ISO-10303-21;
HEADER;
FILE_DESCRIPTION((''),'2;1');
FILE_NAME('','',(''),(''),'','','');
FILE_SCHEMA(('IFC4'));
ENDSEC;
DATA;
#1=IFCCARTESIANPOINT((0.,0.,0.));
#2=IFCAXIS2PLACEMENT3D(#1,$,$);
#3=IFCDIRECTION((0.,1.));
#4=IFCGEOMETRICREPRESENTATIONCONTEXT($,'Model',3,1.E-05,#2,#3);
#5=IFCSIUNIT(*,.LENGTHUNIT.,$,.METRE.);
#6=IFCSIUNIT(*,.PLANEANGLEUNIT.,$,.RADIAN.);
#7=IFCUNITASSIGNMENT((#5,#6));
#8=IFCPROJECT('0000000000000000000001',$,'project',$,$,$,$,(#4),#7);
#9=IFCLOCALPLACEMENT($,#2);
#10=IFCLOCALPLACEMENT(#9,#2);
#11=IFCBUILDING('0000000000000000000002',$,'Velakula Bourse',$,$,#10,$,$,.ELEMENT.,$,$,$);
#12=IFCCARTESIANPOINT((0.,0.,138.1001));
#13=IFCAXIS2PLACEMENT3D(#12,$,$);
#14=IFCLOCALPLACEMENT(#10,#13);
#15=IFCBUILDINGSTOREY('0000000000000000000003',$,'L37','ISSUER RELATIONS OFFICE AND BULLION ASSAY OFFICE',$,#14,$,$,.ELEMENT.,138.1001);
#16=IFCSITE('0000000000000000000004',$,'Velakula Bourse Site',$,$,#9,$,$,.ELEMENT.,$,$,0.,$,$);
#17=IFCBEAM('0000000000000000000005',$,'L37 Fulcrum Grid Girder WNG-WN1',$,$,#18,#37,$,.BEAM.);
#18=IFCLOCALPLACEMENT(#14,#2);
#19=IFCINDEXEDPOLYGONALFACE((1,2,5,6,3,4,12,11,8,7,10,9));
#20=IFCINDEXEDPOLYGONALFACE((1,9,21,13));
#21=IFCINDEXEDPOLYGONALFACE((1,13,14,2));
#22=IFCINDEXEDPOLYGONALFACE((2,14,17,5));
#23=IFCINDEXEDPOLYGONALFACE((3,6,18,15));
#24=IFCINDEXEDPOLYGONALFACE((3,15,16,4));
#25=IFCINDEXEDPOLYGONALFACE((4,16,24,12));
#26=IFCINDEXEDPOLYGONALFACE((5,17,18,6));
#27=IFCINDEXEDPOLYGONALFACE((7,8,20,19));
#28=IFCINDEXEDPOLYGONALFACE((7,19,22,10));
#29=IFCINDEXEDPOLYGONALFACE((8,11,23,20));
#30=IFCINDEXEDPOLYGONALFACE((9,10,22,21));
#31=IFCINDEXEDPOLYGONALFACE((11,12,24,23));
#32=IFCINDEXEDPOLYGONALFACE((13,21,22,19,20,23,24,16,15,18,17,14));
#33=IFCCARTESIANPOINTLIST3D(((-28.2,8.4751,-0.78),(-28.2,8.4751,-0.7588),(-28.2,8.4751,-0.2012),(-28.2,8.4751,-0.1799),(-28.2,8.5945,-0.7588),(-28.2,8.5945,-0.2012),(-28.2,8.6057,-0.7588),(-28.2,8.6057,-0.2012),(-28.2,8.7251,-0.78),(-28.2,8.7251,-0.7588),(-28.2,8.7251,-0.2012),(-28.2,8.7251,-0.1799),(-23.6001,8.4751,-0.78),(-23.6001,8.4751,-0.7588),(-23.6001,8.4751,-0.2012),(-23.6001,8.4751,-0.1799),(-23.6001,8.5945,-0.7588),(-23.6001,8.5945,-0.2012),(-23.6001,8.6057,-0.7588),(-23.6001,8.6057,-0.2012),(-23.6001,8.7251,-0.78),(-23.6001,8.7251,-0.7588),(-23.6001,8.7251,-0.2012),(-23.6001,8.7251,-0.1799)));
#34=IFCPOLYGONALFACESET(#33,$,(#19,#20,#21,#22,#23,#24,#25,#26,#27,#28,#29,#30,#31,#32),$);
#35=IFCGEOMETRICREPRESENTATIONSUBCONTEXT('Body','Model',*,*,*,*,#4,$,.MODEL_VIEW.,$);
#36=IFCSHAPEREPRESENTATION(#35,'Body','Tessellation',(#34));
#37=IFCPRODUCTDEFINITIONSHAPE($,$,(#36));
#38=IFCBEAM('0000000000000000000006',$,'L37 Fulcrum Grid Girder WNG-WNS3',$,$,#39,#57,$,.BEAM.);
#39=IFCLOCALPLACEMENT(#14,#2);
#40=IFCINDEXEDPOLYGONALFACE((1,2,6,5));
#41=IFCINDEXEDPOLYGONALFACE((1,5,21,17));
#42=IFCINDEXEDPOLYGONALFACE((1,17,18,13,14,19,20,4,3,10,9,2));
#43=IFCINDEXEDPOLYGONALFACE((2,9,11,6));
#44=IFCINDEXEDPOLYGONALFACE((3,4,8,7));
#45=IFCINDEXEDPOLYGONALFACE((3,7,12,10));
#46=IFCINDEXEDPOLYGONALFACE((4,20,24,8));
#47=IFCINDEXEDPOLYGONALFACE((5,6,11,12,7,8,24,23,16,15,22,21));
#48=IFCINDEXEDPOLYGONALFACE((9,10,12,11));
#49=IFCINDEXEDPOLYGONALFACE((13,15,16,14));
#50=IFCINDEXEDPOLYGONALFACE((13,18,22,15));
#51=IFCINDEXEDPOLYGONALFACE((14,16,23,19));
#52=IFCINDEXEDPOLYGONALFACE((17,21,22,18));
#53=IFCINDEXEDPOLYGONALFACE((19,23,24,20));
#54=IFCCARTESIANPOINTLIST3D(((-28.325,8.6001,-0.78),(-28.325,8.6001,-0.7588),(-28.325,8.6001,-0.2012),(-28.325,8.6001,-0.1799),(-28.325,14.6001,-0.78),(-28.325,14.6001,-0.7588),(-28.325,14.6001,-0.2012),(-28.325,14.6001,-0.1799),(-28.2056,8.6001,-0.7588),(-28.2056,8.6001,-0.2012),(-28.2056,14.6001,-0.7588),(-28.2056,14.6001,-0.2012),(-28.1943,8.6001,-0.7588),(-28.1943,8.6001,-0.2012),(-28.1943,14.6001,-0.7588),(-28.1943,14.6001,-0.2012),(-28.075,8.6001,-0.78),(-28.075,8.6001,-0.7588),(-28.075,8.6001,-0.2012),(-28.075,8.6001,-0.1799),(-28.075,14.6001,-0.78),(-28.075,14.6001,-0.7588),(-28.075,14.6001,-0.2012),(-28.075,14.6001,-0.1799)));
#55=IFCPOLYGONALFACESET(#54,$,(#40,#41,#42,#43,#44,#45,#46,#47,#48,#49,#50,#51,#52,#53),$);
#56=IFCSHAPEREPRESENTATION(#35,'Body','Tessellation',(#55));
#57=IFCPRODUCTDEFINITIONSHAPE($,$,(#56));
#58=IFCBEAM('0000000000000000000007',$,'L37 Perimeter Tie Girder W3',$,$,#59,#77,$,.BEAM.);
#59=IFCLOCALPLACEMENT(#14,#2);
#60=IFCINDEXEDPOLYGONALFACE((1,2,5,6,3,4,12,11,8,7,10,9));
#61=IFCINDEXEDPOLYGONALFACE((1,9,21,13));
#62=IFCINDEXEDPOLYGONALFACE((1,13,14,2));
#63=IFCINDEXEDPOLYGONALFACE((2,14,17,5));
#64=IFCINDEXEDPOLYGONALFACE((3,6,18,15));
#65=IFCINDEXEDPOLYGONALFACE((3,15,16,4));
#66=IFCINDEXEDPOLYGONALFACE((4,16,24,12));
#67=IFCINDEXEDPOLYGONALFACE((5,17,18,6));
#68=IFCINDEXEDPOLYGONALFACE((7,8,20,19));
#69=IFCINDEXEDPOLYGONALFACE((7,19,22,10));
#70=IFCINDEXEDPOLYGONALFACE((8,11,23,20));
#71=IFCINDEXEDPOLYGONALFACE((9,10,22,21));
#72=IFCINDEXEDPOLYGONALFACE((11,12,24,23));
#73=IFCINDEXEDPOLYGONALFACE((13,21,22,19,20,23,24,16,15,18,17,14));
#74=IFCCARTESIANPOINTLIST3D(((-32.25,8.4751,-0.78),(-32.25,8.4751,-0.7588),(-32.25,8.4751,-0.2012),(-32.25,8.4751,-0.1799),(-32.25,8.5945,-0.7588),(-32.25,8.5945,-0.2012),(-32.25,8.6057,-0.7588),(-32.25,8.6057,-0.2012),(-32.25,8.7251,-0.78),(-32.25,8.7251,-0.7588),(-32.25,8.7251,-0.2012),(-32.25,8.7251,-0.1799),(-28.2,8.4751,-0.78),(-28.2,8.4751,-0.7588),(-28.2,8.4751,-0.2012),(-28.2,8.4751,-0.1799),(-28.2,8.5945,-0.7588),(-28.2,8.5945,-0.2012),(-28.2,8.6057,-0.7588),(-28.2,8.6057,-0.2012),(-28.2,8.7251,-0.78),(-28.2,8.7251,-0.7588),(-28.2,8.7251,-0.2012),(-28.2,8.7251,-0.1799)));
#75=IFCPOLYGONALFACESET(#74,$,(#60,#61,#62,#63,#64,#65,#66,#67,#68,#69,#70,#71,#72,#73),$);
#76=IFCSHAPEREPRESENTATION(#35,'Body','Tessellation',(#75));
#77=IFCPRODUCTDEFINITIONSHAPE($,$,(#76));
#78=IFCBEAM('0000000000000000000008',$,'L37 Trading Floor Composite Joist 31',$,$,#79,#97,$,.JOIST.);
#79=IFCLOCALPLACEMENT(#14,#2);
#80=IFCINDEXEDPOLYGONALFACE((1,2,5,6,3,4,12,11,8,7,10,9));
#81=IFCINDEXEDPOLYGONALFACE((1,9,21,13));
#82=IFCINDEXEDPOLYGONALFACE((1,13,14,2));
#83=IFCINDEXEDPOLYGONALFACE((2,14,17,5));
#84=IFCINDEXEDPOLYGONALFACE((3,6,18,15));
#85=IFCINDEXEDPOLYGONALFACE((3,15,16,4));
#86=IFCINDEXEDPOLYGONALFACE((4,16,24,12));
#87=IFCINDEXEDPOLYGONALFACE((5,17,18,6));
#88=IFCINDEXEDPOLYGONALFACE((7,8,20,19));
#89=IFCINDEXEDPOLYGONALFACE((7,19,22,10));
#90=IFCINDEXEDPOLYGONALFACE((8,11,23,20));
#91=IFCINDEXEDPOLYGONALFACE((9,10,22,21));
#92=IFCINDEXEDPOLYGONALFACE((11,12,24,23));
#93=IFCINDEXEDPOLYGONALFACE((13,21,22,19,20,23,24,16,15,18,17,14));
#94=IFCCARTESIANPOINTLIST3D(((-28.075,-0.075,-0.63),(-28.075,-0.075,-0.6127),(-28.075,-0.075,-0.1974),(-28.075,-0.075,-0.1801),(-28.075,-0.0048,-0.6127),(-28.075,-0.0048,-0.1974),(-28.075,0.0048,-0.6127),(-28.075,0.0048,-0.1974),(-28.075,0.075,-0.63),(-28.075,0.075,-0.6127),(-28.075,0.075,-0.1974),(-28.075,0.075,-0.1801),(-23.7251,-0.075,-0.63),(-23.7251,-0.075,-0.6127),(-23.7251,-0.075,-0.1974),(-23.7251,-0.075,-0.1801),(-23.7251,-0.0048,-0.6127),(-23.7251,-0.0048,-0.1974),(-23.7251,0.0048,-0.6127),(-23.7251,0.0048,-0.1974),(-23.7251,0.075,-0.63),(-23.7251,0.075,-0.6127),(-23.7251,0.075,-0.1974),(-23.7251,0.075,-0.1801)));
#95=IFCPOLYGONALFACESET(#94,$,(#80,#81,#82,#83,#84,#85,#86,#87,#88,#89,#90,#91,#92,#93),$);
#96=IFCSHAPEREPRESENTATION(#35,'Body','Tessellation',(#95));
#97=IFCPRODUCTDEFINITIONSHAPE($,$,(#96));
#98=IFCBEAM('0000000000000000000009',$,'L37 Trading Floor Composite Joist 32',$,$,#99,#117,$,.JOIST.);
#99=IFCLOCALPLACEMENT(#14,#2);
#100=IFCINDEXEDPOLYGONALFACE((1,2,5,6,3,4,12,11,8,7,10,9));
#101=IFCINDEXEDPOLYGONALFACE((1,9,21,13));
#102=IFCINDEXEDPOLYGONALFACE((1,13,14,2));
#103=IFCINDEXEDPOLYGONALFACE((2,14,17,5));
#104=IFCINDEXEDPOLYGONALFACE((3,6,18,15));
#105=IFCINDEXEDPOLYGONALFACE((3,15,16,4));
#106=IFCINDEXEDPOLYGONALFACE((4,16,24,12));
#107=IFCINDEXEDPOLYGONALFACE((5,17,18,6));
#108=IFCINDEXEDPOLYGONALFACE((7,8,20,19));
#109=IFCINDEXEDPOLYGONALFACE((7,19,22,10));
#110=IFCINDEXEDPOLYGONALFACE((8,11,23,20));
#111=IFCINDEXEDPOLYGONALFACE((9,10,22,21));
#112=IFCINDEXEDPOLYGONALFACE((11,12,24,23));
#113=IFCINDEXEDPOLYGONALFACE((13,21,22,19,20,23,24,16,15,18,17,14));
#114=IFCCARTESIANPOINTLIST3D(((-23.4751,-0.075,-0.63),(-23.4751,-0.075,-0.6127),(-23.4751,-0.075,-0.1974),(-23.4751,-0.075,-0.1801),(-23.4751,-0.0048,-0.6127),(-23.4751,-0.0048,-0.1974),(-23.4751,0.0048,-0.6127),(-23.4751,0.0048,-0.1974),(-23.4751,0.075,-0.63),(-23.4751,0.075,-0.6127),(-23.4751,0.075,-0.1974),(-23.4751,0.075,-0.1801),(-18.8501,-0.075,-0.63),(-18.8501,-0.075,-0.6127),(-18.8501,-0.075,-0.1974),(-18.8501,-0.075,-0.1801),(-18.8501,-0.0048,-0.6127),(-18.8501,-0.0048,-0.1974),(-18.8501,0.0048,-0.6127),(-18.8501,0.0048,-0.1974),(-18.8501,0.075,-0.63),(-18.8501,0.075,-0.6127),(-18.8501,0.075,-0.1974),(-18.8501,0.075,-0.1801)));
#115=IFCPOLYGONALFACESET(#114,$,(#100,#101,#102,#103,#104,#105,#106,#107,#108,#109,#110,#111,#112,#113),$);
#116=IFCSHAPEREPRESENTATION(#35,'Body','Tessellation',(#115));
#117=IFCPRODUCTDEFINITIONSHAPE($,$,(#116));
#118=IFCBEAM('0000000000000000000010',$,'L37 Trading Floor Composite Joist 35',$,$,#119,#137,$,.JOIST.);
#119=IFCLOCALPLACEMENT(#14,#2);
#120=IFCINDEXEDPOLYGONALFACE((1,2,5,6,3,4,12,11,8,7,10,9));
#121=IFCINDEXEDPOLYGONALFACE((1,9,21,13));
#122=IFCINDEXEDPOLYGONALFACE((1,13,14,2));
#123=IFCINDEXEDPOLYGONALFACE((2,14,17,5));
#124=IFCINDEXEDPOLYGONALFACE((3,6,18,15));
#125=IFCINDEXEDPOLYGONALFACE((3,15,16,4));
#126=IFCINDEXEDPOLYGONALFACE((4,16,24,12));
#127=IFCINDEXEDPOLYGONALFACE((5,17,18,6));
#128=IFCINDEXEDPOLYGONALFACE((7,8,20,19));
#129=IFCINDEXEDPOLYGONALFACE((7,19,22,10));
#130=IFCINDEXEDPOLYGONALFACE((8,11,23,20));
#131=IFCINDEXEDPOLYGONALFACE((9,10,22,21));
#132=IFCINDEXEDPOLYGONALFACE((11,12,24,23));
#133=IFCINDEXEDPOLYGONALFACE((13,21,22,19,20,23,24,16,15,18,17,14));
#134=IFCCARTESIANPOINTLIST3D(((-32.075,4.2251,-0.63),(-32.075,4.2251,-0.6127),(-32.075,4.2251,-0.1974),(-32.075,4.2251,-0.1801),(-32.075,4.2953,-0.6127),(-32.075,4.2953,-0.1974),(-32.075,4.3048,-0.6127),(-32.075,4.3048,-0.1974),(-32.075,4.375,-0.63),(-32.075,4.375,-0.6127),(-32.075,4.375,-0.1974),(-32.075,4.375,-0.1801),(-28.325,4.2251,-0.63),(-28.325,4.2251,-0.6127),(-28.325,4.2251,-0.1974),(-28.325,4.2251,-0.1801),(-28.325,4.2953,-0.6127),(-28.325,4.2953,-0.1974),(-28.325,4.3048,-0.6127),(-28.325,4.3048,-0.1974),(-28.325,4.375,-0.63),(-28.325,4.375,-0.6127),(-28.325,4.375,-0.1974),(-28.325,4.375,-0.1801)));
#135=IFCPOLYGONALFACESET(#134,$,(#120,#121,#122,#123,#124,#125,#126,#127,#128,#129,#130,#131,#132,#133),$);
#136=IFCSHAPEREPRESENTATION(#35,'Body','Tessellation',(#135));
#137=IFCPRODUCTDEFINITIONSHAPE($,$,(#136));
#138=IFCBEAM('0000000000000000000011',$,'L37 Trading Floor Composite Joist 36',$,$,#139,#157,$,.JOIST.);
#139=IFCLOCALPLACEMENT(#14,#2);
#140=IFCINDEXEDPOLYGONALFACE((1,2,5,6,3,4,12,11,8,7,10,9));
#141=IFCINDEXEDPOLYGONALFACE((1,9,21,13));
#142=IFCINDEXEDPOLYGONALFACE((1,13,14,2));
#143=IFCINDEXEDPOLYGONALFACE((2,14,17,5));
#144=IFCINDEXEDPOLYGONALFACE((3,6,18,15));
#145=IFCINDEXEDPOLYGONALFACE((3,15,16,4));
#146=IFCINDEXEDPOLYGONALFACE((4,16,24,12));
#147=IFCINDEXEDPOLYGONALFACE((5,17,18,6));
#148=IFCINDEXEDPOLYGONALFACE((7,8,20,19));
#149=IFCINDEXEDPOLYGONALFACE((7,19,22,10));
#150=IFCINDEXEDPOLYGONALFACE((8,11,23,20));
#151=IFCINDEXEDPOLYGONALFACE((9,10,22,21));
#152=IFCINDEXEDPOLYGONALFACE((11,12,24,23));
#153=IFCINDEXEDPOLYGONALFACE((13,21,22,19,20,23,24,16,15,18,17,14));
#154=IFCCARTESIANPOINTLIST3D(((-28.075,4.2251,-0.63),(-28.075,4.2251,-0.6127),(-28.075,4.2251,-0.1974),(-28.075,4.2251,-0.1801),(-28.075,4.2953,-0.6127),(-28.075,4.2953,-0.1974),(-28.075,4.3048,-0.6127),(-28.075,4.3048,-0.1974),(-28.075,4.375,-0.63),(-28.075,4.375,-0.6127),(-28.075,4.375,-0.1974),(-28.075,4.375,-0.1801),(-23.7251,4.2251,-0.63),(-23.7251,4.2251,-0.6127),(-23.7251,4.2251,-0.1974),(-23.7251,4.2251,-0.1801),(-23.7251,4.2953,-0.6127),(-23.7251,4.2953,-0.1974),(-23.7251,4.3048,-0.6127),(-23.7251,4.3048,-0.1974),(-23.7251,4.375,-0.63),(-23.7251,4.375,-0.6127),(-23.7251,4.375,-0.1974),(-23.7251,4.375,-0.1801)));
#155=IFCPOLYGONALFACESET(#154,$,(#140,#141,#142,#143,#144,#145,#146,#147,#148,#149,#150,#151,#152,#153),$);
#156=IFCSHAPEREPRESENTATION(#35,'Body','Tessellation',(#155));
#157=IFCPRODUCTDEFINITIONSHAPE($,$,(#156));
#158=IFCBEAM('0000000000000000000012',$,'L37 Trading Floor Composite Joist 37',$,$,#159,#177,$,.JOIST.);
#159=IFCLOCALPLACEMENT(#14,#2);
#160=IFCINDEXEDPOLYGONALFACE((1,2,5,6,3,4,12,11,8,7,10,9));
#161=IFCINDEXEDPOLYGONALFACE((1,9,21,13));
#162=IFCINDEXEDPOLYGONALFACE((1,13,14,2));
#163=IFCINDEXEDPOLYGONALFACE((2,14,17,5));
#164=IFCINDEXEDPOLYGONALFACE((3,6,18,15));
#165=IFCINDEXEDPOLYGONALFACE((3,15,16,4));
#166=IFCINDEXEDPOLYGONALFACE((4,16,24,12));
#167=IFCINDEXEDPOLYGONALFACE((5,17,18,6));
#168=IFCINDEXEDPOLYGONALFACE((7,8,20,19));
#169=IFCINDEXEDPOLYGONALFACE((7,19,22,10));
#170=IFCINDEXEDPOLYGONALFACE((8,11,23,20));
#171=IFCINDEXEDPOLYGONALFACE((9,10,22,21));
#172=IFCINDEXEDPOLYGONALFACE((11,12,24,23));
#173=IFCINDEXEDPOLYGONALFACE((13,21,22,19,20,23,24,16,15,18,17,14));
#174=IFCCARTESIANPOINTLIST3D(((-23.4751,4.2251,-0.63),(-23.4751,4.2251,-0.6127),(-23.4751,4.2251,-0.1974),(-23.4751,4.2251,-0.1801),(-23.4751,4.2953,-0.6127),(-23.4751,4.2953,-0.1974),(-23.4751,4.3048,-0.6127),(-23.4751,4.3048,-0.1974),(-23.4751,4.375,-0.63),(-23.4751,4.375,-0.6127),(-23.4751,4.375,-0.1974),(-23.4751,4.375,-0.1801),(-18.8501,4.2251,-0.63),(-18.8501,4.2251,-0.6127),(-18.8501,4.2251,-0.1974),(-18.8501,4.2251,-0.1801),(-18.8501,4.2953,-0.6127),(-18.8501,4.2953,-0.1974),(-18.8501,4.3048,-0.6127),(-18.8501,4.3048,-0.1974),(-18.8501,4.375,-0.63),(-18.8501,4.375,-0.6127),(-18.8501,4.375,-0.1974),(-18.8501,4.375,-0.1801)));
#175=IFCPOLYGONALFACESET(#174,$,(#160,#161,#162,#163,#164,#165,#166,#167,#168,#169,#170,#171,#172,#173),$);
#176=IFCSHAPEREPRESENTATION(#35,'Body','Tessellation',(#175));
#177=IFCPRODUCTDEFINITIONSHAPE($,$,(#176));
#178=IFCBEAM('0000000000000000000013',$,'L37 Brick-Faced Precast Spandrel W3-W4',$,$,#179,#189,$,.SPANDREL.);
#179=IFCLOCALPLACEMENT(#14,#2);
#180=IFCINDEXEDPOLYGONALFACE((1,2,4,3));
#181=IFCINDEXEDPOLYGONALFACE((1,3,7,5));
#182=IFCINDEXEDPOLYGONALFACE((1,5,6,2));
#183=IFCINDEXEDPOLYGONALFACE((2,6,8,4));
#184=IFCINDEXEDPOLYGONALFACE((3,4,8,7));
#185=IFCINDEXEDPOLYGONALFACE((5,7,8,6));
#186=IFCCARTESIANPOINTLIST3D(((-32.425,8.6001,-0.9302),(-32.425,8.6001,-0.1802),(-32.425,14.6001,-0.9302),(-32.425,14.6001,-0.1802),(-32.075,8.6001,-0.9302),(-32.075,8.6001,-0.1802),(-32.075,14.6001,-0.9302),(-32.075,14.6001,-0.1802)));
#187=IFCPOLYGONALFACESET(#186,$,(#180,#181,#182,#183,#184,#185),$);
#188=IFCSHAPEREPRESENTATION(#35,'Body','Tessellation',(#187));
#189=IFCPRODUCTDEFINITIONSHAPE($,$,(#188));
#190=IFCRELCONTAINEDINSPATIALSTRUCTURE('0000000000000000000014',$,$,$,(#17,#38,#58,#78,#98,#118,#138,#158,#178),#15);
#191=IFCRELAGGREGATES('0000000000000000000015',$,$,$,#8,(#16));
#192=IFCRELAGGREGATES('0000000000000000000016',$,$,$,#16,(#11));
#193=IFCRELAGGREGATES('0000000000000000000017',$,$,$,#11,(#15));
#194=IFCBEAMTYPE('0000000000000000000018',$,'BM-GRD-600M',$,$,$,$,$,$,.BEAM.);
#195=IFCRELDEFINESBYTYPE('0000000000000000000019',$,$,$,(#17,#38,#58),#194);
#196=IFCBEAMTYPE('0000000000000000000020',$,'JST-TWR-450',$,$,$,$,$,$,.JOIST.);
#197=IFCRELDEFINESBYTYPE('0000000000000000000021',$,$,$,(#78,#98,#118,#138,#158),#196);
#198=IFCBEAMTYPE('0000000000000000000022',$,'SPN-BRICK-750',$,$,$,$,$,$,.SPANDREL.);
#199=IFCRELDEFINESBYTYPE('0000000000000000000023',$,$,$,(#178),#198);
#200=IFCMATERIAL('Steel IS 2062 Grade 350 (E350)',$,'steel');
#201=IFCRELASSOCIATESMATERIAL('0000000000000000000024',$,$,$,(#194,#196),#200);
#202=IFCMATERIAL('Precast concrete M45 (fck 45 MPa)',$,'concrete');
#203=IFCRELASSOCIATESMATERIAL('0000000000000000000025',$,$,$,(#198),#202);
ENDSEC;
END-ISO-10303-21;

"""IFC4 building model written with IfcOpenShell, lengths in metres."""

from ifc_helpers import new_model, si_unit, direction, frame, origin, origin_2d, place, context, subcontext, project, spatial, rectangle, i_section, extrude, material, material_profile, profile_set, type_object, element, save


model = new_model("IFC4")

# Units and contexts
model_context = context("Model", 3, precision=1e-05, world=origin(), true_north=direction((0.0, 1.0)))
body_context = subcontext(model_context, "Body", "Model", "MODEL_VIEW")
ifc_project = project(units=[si_unit("LENGTHUNIT", "METRE"), si_unit("PLANEANGLEUNIT", "RADIAN")], contexts=[model_context])

# Site, building, storey
site_placement = place(None, origin())
site = spatial("IfcSite", under=ifc_project, at=site_placement, Name="Velakula Bourse Site", CompositionType="ELEMENT", RefElevation=0.0)
building_placement = place(site_placement, origin())
building = spatial("IfcBuilding", under=site, at=building_placement, Name="Velakula Bourse", CompositionType="ELEMENT")
storey_placement = place(building_placement, frame((0.0, 0.0, 138.1001)))
storey = spatial("IfcBuildingStorey", under=building, at=storey_placement, Name="L37", Description="ISSUER RELATIONS OFFICE AND BULLION ASSAY OFFICE", CompositionType="ELEMENT", Elevation=138.1001)

# Shared definitions
ifc_material_1 = material(Name="Steel IS 2062 Grade 350 (E350)", Category="steel")

# Beams
ifc_material_profile_1 = material_profile(ifc_material_1, i_section(OverallWidth=0.25, OverallDepth=0.6001, WebThickness=0.0112, FlangeThickness=0.0212, at=origin_2d()), Name="Steel IS 2062 Grade 350 (E350)")
ifc_profile_set_1 = profile_set([ifc_material_profile_1], Name="Steel IS 2062 Grade 350 (E350)")
beam_type_1 = type_object("IfcBeamType", Name="BM-GRD-600M", PredefinedType="BEAM", material=ifc_profile_set_1)
beam_1_placement = place(storey_placement, frame((-28.2, 8.6001, -0.48), z_axis=(1.0, 0.0, 0.0), x_axis=(0.0, 1.0, 0.0)))
element("IfcBeam", 1, at=beam_1_placement, inside=storey, type_object=beam_type_1, Name="L37 Fulcrum Grid Girder WNG-WN1", PredefinedType="BEAM", context=body_context, shape_type="SweptSolid", body=[
    extrude(i_section(OverallWidth=0.25, OverallDepth=0.6001, WebThickness=0.0112, FlangeThickness=0.0212, at=origin_2d()), origin(), (0.0, 0.0, 1.0), 4.5999),
])
beam_2_placement = place(storey_placement, frame((-28.2, 8.6001, -0.48), z_axis=(0.0, 1.0, 0.0), x_axis=(-1.0, 0.0, 0.0)))
element("IfcBeam", 2, at=beam_2_placement, inside=storey, type_object=beam_type_1, Name="L37 Fulcrum Grid Girder WNG-WNS3", PredefinedType="BEAM", context=body_context, shape_type="SweptSolid", body=[
    extrude(i_section(OverallWidth=0.25, OverallDepth=0.6001, WebThickness=0.0112, FlangeThickness=0.0212, at=origin_2d()), origin(), (0.0, 0.0, 1.0), 6.0),
])
beam_3_placement = place(storey_placement, frame((-28.2, 8.6001, -0.48), z_axis=(-1.0, 0.0, 0.0), x_axis=(0.0, -1.0, 0.0)))
element("IfcBeam", 3, at=beam_3_placement, inside=storey, type_object=beam_type_1, Name="L37 Perimeter Tie Girder W3", PredefinedType="BEAM", context=body_context, shape_type="SweptSolid", body=[
    extrude(i_section(OverallWidth=0.25, OverallDepth=0.6001, WebThickness=0.0112, FlangeThickness=0.0212, at=origin_2d()), origin(), (0.0, 0.0, 1.0), 4.05),
])
ifc_material_profile_2 = material_profile(ifc_material_1, i_section(OverallWidth=0.1499, OverallDepth=0.45, WebThickness=0.0095, FlangeThickness=0.0173, at=origin_2d()), Name="Steel IS 2062 Grade 350 (E350)")
ifc_profile_set_2 = profile_set([ifc_material_profile_2], Name="Steel IS 2062 Grade 350 (E350)")
beam_type_2 = type_object("IfcBeamType", Name="JST-TWR-450", PredefinedType="JOIST", material=ifc_profile_set_2)
beam_4_placement = place(storey_placement, frame((-28.075, 0.0, -0.405), z_axis=(1.0, 0.0, 0.0), x_axis=(0.0, 1.0, 0.0)))
element("IfcBeam", 4, at=beam_4_placement, inside=storey, type_object=beam_type_2, Name="L37 Trading Floor Composite Joist 31", PredefinedType="JOIST", context=body_context, shape_type="SweptSolid", body=[
    extrude(i_section(OverallWidth=0.1499, OverallDepth=0.45, WebThickness=0.0095, FlangeThickness=0.0173, at=origin_2d()), origin(), (0.0, 0.0, 1.0), 4.3499),
])
beam_5_placement = place(storey_placement, frame((-23.4751, 0.0, -0.405), z_axis=(1.0, 0.0, 0.0), x_axis=(0.0, 1.0, 0.0)))
element("IfcBeam", 5, at=beam_5_placement, inside=storey, type_object=beam_type_2, Name="L37 Trading Floor Composite Joist 32", PredefinedType="JOIST", context=body_context, shape_type="SweptSolid", body=[
    extrude(i_section(OverallWidth=0.1499, OverallDepth=0.45, WebThickness=0.0095, FlangeThickness=0.0173, at=origin_2d()), origin(), (0.0, 0.0, 1.0), 4.625),
])
beam_6_placement = place(storey_placement, frame((-32.075, 4.3, -0.405), z_axis=(1.0, 0.0, 0.0), x_axis=(0.0, 1.0, 0.0)))
element("IfcBeam", 6, at=beam_6_placement, inside=storey, type_object=beam_type_2, Name="L37 Trading Floor Composite Joist 35", PredefinedType="JOIST", context=body_context, shape_type="SweptSolid", body=[
    extrude(i_section(OverallWidth=0.1499, OverallDepth=0.45, WebThickness=0.0095, FlangeThickness=0.0173, at=origin_2d()), origin(), (0.0, 0.0, 1.0), 3.75),
])
beam_7_placement = place(storey_placement, frame((-28.075, 4.3, -0.405), z_axis=(1.0, 0.0, 0.0), x_axis=(0.0, 1.0, 0.0)))
element("IfcBeam", 7, at=beam_7_placement, inside=storey, type_object=beam_type_2, Name="L37 Trading Floor Composite Joist 36", PredefinedType="JOIST", context=body_context, shape_type="SweptSolid", body=[
    extrude(i_section(OverallWidth=0.1499, OverallDepth=0.45, WebThickness=0.0095, FlangeThickness=0.0173, at=origin_2d()), origin(), (0.0, 0.0, 1.0), 4.3499),
])
beam_8_placement = place(storey_placement, frame((-23.4751, 4.3, -0.405), z_axis=(1.0, 0.0, 0.0), x_axis=(0.0, 1.0, 0.0)))
element("IfcBeam", 8, at=beam_8_placement, inside=storey, type_object=beam_type_2, Name="L37 Trading Floor Composite Joist 37", PredefinedType="JOIST", context=body_context, shape_type="SweptSolid", body=[
    extrude(i_section(OverallWidth=0.1499, OverallDepth=0.45, WebThickness=0.0095, FlangeThickness=0.0173, at=origin_2d()), origin(), (0.0, 0.0, 1.0), 4.625),
])
ifc_material_2 = material(Name="Precast concrete M45 (fck 45 MPa)", Category="concrete")
ifc_material_profile_3 = material_profile(ifc_material_2, rectangle(XDim=0.3501, YDim=0.75, at=origin_2d()), Name="Precast concrete M45 (fck 45 MPa)")
ifc_profile_set_3 = profile_set([ifc_material_profile_3], Name="Precast concrete M45 (fck 45 MPa)")
beam_type_3 = type_object("IfcBeamType", Name="SPN-BRICK-750", PredefinedType="SPANDREL", material=ifc_profile_set_3)
beam_9_placement = place(storey_placement, frame((-32.25, 8.6001, -0.5552), z_axis=(0.0, 1.0, 0.0), x_axis=(-1.0, 0.0, 0.0)))
element("IfcBeam", 9, at=beam_9_placement, inside=storey, type_object=beam_type_3, Name="L37 Brick-Faced Precast Spandrel W3-W4", PredefinedType="SPANDREL", context=body_context, shape_type="SweptSolid", body=[
    extrude(rectangle(XDim=0.3501, YDim=0.75, at=origin_2d()), origin(), (0.0, 0.0, 1.0), 6.0),
])

save(model, "model.ifc")
